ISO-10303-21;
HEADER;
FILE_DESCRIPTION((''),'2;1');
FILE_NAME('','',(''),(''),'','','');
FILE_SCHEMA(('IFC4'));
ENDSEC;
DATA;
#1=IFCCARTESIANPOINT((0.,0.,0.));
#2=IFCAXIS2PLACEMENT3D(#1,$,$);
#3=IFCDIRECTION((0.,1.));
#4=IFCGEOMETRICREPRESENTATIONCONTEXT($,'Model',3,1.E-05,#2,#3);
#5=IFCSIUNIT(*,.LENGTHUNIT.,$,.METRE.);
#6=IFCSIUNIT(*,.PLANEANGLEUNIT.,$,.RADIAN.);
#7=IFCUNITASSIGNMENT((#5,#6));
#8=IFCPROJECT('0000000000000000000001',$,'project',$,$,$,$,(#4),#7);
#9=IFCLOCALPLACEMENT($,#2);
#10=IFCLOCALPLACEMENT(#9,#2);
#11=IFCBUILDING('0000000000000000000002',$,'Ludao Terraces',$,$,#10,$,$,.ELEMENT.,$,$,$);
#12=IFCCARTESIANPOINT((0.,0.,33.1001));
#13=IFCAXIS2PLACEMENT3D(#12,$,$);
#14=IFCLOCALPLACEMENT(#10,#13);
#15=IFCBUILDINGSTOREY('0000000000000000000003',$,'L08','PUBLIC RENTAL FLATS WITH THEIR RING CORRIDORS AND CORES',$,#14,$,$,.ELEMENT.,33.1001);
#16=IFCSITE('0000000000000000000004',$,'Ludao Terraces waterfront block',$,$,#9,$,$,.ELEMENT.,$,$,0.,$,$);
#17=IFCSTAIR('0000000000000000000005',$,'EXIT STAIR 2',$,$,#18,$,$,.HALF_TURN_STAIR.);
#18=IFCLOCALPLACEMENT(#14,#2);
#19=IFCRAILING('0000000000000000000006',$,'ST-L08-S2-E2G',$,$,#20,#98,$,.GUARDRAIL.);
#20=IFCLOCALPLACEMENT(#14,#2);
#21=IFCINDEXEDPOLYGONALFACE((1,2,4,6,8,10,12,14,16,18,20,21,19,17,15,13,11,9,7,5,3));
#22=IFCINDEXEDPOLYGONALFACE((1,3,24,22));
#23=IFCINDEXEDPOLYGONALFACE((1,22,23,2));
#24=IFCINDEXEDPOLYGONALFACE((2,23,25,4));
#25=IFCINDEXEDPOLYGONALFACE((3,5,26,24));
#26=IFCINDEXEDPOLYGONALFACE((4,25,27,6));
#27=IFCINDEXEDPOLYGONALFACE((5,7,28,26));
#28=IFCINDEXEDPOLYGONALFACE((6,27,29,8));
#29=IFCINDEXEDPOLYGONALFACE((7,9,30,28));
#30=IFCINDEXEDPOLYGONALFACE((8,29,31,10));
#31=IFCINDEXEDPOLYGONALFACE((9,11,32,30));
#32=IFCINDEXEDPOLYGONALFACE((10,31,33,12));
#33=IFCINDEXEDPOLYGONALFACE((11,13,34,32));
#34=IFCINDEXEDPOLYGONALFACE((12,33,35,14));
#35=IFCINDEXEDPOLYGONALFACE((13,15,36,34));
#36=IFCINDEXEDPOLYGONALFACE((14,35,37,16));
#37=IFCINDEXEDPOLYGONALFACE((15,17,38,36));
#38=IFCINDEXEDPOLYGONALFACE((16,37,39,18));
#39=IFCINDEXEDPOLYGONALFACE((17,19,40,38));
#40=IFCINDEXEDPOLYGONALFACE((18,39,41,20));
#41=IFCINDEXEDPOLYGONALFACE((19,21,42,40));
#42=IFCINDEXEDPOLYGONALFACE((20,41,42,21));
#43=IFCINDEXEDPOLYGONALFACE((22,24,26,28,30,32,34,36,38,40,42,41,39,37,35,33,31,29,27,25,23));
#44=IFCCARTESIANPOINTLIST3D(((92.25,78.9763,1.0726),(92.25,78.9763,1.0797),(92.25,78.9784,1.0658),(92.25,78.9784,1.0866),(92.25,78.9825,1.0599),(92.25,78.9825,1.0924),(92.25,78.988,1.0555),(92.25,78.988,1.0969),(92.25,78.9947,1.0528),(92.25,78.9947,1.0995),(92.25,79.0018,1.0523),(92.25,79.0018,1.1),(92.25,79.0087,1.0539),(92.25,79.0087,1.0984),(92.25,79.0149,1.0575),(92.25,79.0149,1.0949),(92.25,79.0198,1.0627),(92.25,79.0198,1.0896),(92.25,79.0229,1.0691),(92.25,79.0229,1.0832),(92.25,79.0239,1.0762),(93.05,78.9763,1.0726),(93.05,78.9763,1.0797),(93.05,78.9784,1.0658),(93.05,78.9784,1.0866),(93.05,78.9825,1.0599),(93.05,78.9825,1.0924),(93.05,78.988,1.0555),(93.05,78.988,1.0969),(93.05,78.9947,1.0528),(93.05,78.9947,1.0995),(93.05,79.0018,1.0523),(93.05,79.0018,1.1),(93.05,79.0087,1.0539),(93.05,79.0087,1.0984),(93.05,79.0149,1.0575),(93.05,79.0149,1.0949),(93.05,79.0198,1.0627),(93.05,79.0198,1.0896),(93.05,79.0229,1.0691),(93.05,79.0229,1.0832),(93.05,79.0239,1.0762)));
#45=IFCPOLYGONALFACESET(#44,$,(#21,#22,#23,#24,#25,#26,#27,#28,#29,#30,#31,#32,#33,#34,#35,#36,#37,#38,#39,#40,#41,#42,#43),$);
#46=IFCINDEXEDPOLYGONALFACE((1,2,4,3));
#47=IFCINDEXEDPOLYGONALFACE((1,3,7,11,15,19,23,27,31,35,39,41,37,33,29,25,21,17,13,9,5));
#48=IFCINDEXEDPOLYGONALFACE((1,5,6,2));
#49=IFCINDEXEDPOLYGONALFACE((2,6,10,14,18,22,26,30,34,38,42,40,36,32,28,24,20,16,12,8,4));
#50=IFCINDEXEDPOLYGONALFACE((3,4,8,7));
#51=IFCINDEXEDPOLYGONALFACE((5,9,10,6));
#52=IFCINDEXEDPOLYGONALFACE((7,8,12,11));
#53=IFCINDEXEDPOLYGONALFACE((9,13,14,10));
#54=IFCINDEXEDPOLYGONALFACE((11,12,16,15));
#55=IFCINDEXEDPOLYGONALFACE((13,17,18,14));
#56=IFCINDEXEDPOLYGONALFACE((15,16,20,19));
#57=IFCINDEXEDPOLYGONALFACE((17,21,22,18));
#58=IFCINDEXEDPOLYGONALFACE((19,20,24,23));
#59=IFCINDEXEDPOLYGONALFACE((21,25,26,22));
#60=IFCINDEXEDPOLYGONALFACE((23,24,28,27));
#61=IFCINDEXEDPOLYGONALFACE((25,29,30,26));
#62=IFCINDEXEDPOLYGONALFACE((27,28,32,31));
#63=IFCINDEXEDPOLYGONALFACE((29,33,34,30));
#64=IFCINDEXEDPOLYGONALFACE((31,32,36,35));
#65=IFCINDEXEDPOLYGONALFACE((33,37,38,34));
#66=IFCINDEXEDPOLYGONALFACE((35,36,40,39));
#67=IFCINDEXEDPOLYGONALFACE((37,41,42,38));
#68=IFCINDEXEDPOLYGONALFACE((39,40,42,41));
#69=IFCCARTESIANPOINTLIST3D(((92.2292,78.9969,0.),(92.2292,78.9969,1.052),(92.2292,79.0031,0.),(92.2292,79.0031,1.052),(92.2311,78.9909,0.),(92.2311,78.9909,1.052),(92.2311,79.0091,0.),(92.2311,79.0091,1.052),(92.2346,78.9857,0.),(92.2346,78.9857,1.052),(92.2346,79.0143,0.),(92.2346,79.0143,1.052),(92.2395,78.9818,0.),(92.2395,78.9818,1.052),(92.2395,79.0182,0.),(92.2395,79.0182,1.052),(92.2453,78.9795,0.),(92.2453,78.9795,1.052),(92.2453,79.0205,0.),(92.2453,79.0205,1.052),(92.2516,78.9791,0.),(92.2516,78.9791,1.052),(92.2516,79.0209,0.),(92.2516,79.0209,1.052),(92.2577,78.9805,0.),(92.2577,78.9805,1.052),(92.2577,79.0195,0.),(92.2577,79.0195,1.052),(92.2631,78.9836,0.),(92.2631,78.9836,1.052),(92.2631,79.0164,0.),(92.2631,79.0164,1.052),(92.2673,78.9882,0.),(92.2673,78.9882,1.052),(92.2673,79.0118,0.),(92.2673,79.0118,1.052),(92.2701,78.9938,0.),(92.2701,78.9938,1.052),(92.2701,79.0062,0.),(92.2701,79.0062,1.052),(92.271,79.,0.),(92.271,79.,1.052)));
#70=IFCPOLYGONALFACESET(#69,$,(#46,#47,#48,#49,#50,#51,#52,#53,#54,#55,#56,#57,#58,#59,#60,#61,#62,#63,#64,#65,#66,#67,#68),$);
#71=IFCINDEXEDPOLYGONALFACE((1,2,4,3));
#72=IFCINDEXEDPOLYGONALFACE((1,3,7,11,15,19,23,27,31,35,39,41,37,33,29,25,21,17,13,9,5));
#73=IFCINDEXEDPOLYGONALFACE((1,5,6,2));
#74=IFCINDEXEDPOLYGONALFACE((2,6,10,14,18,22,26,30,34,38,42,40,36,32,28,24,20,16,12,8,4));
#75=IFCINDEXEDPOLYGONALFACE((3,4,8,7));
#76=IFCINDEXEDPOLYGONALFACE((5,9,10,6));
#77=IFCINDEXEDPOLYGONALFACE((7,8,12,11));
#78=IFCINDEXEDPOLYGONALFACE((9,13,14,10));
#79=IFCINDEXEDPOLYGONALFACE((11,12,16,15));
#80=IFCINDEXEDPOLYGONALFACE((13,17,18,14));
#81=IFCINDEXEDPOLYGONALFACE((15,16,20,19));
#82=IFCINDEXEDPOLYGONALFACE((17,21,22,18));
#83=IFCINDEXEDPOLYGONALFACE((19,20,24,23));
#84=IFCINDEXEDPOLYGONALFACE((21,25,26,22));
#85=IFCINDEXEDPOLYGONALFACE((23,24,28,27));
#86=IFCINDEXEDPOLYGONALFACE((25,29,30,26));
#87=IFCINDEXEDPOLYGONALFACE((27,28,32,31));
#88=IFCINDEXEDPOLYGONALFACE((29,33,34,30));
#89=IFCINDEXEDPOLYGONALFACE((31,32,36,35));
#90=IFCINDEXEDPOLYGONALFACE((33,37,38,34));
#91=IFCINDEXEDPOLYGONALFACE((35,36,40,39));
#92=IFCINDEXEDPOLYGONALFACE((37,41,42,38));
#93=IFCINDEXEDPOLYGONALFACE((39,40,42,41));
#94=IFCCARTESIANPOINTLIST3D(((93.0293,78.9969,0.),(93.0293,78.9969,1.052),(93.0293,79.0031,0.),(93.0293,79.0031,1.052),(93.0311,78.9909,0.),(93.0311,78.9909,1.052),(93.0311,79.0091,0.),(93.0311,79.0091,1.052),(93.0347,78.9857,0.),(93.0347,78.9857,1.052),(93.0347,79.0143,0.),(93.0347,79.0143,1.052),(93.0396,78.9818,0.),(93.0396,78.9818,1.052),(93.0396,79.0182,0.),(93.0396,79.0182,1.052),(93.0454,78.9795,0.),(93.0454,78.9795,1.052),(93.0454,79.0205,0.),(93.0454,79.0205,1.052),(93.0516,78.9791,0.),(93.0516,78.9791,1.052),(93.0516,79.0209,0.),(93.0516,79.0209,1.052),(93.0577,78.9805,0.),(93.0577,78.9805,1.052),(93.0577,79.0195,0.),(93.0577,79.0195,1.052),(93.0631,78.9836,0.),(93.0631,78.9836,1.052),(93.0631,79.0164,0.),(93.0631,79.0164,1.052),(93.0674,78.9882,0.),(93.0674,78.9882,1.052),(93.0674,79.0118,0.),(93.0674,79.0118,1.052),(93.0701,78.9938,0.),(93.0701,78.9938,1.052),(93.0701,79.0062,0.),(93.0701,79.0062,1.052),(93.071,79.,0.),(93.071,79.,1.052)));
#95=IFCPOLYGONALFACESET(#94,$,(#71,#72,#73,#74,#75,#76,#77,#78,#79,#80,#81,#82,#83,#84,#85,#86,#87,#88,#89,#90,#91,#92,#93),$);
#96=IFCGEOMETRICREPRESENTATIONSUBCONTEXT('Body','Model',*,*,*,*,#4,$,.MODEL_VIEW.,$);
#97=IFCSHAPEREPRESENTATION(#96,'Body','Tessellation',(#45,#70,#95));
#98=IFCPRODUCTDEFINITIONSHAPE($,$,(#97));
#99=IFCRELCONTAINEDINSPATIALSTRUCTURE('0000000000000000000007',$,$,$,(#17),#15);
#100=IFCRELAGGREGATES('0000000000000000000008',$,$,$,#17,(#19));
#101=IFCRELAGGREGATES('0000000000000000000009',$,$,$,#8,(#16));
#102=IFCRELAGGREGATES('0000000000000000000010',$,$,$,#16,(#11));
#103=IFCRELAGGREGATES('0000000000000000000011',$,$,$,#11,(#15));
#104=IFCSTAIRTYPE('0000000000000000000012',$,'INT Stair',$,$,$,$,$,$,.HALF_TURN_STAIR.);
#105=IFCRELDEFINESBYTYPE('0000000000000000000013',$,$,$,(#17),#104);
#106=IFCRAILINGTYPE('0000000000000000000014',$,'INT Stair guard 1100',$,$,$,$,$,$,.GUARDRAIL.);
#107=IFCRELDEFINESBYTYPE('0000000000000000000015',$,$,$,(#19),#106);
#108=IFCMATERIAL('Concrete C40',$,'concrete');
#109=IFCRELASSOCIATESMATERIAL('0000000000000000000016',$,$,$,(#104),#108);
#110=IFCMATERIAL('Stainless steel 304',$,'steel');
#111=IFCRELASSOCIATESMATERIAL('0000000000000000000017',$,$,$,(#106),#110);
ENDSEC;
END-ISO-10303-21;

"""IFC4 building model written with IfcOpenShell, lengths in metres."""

from ifc_helpers import new_model, si_unit, direction, frame, origin, origin_2d, place, context, subcontext, project, spatial, circle, extrude, material, type_object, element, aggregate, save


model = new_model("IFC4")

# Units and contexts
model_context = context("Model", 3, precision=1e-05, world=origin(), true_north=direction((0.0, 1.0)))
body_context = subcontext(model_context, "Body", "Model", "MODEL_VIEW")
ifc_project = project(units=[si_unit("LENGTHUNIT", "METRE"), si_unit("PLANEANGLEUNIT", "RADIAN")], contexts=[model_context])

# Site, building, storey
site_placement = place(None, origin())
site = spatial("IfcSite", under=ifc_project, at=site_placement, Name="Ludao Terraces waterfront block", CompositionType="ELEMENT", RefElevation=0.0)
building_placement = place(site_placement, origin())
building = spatial("IfcBuilding", under=site, at=building_placement, Name="Ludao Terraces", CompositionType="ELEMENT")
storey_placement = place(building_placement, frame((0.0, 0.0, 33.1001)))
storey = spatial("IfcBuildingStorey", under=building, at=storey_placement, Name="L08", Description="PUBLIC RENTAL FLATS WITH THEIR RING CORRIDORS AND CORES", CompositionType="ELEMENT", Elevation=33.1001)

# Stair, railing
ifc_material_1 = material(Name="Concrete C40", Category="concrete")
stair_type = type_object("IfcStairType", Name="INT Stair", PredefinedType="HALF_TURN_STAIR", material=ifc_material_1)
stair_placement = place(storey_placement, origin())
stair = element("IfcStair", 1, at=stair_placement, inside=storey, type_object=stair_type, Name="EXIT STAIR 2", PredefinedType="HALF_TURN_STAIR")
ifc_material_2 = material(Name="Stainless steel 304", Category="steel")
railing_type_1 = type_object("IfcRailingType", Name="INT Stair guard 1100", PredefinedType="GUARDRAIL", material=ifc_material_2)
railing_1_placement = place(storey_placement, frame((92.25, 79.0, 0.0)))
railing_1 = element("IfcRailing", 2, at=railing_1_placement, type_object=railing_type_1, Name="ST-L08-S2-E2G", PredefinedType="GUARDRAIL", context=body_context, shape_type="SweptSolid", body=[
    extrude(circle(Radius=0.0239, at=origin_2d()), frame((0.0, 0.0, 1.0762), z_axis=(1.0, 0.0, 0.0), x_axis=(0.0, 1.0, 0.0)), (0.0, 0.0, 1.0), 0.8),
    extrude(circle(Radius=0.021, at=origin_2d()), origin(), (0.0, 0.0, 1.0), 1.052),
    extrude(circle(Radius=0.021, at=origin_2d()), frame((0.8, 0.0, 0.0)), (0.0, 0.0, 1.0), 1.052),
])
aggregate(stair, [railing_1])

save(model, "model.ifc")
